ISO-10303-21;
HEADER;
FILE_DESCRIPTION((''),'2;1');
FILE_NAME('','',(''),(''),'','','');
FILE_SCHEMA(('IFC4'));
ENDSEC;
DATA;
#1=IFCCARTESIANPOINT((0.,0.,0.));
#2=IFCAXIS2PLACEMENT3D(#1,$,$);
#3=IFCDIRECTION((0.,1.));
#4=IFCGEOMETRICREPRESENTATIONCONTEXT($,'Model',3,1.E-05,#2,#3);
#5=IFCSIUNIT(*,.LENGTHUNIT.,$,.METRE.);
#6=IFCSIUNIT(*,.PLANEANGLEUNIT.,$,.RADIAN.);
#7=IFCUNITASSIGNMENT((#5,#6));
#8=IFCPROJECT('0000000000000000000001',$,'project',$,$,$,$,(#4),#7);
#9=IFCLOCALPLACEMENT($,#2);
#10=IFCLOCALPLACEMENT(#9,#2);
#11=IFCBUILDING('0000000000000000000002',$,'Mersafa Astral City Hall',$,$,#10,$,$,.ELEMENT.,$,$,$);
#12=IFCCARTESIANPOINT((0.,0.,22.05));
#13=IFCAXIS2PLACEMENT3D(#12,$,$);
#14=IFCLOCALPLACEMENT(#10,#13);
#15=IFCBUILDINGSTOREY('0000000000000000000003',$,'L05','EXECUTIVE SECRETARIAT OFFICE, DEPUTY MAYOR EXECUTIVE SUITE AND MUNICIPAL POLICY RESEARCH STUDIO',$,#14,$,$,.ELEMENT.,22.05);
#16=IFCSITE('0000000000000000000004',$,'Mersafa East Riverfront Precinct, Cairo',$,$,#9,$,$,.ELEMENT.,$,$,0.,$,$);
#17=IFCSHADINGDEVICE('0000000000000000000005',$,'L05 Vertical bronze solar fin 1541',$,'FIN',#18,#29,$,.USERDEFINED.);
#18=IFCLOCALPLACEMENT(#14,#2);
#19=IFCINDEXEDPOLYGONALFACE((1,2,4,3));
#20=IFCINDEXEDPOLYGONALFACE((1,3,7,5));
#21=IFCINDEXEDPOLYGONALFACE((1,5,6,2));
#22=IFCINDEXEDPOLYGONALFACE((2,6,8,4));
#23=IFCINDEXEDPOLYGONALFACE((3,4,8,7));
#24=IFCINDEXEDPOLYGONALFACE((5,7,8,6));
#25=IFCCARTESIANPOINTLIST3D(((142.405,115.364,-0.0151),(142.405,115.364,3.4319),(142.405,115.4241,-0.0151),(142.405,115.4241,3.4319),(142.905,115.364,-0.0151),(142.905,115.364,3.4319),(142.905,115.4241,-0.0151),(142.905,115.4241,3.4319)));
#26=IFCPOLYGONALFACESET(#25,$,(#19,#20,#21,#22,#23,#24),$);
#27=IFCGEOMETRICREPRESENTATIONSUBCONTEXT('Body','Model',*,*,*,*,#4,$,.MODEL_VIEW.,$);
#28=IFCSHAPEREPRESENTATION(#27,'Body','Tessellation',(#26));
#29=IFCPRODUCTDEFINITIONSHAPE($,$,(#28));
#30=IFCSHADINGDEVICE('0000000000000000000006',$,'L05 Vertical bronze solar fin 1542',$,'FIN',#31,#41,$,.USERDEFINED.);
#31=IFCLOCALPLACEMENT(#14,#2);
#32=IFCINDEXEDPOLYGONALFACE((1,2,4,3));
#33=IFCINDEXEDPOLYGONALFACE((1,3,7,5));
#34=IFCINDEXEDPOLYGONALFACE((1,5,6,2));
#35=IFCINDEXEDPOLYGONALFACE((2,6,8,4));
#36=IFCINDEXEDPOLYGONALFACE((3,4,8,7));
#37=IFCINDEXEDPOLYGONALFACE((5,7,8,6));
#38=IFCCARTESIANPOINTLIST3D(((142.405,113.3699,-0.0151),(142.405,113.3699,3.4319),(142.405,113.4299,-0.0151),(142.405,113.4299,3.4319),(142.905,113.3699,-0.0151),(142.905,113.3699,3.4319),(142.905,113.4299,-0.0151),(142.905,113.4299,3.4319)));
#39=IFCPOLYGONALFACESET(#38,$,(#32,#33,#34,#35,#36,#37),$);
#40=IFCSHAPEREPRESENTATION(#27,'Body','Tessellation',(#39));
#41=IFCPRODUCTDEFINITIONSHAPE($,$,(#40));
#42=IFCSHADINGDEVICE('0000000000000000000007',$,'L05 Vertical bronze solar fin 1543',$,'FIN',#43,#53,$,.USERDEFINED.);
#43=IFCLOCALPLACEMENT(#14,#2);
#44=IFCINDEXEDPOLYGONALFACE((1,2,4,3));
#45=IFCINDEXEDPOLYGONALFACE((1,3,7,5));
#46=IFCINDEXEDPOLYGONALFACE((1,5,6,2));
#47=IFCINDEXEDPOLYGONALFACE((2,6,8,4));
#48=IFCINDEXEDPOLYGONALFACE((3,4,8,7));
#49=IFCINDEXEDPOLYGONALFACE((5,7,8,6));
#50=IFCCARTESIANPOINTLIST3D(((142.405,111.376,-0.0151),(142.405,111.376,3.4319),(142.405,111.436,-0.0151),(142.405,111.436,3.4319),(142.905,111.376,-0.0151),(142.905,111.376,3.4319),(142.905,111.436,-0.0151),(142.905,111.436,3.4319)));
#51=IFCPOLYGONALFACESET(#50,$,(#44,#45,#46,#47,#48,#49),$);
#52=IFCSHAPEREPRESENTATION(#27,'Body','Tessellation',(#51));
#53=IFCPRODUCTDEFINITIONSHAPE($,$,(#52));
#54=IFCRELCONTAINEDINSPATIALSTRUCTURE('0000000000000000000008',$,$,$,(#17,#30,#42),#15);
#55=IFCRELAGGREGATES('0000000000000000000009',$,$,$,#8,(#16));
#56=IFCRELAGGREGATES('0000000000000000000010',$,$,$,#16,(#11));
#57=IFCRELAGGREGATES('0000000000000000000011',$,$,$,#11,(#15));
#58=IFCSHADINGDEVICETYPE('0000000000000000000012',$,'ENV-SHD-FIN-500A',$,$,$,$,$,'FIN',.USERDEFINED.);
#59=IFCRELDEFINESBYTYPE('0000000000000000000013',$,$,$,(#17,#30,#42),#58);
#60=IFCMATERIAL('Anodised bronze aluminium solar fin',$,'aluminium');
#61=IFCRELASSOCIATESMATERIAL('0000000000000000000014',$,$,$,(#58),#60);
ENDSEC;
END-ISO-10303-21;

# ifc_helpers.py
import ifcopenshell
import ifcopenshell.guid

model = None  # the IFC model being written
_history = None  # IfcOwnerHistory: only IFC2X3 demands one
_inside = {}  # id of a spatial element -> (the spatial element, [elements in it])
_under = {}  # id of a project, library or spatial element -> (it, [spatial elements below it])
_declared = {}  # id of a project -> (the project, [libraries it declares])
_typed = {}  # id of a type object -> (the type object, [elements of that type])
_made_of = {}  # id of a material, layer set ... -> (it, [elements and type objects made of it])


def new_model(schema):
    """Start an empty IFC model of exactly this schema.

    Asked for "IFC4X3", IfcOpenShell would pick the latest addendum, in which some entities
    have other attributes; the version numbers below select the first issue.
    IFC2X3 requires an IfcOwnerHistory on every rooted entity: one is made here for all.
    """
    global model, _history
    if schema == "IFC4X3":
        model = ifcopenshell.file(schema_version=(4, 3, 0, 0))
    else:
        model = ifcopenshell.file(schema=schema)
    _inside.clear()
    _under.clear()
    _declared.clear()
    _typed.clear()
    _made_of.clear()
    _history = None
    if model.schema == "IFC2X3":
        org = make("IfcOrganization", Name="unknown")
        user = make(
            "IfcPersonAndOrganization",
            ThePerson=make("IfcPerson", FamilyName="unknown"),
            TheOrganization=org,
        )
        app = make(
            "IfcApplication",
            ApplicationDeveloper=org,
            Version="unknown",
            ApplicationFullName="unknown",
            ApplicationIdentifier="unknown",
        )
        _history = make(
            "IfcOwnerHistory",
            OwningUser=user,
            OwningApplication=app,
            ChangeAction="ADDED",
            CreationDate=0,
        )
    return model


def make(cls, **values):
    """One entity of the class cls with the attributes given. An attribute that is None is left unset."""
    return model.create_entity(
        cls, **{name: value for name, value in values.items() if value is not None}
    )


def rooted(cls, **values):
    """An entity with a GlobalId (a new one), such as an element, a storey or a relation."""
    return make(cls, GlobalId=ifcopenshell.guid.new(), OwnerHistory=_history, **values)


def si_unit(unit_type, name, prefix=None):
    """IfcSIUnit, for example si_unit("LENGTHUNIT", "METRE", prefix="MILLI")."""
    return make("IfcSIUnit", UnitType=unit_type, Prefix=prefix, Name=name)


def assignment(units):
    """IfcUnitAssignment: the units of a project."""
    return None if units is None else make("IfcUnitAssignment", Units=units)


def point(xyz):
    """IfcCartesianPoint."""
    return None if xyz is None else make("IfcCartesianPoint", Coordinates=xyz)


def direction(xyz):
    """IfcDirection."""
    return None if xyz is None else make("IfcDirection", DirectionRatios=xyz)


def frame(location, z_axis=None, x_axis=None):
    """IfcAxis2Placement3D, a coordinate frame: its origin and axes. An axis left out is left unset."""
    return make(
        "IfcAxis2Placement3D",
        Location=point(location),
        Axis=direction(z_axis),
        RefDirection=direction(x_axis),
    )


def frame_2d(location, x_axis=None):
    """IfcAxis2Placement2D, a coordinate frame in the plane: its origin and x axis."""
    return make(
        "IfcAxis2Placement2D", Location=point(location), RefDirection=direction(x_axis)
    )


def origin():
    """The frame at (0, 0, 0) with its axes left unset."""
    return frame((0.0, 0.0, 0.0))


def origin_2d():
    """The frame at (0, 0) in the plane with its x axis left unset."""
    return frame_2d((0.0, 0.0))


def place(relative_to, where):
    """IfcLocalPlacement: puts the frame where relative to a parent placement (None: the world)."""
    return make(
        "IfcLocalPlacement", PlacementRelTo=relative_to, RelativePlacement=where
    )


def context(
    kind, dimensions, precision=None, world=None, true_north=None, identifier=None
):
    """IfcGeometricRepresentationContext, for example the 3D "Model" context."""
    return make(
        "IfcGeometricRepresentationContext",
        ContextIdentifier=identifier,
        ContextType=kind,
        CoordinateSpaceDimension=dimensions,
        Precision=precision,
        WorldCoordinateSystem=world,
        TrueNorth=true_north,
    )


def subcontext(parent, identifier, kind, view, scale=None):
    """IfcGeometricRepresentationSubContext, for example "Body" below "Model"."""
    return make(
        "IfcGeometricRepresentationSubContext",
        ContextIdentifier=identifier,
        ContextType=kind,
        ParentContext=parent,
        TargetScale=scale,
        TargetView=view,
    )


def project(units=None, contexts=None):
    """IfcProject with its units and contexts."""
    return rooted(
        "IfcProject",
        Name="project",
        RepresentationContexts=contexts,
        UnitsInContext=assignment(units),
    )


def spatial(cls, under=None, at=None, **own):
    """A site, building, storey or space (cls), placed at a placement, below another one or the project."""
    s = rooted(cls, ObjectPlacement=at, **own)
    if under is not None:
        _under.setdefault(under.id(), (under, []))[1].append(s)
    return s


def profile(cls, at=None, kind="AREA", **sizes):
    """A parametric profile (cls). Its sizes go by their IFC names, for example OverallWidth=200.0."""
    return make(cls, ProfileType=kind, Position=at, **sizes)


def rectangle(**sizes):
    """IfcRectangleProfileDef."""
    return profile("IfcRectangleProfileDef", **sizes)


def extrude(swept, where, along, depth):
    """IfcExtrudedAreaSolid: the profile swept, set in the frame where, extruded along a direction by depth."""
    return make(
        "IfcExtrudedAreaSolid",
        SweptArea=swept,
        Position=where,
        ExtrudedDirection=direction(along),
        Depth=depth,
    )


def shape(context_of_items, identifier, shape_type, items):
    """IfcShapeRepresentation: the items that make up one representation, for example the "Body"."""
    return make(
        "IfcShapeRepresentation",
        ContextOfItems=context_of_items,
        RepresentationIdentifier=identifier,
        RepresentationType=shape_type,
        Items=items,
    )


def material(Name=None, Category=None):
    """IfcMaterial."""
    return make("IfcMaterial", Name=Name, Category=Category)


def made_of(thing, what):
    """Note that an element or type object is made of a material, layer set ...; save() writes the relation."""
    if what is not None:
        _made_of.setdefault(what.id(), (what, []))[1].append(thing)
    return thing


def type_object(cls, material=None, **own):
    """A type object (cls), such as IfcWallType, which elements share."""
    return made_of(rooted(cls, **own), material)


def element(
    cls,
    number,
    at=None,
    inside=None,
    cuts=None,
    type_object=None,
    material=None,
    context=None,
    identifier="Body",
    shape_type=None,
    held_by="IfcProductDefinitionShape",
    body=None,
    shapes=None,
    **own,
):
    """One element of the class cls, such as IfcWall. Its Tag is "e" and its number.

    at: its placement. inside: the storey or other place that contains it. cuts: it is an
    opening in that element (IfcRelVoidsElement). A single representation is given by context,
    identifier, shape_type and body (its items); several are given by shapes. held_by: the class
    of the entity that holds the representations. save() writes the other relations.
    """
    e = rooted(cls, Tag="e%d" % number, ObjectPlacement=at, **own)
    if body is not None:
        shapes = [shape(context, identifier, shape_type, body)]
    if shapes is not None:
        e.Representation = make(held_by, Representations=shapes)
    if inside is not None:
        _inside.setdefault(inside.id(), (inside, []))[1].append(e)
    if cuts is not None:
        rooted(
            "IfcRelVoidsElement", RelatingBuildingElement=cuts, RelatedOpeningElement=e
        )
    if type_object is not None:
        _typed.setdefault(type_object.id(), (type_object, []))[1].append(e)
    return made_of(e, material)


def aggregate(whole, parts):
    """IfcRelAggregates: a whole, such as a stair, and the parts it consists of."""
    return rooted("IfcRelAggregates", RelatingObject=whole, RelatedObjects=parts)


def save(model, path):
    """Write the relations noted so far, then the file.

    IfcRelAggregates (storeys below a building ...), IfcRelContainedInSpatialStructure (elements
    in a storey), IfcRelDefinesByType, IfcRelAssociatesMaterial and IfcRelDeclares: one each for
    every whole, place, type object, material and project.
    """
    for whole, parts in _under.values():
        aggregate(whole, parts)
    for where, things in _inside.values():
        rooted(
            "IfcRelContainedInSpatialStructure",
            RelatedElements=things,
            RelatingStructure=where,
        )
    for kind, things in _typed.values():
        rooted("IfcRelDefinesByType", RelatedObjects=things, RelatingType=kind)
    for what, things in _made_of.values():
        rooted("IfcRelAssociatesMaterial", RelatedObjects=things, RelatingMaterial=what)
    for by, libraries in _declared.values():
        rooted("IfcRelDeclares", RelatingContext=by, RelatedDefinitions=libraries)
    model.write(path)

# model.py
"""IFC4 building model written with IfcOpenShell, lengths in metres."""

from ifc_helpers import new_model, si_unit, direction, frame, origin, origin_2d, place, context, subcontext, project, spatial, rectangle, extrude, material, type_object, element, save


model = new_model("IFC4")

# Units and contexts
model_context = context("Model", 3, precision=1e-05, world=origin(), true_north=direction((0.0, 1.0)))
body_context = subcontext(model_context, "Body", "Model", "MODEL_VIEW")
ifc_project = project(units=[si_unit("LENGTHUNIT", "METRE"), si_unit("PLANEANGLEUNIT", "RADIAN")], contexts=[model_context])

# Site, building, storey
site_placement = place(None, origin())
site = spatial("IfcSite", under=ifc_project, at=site_placement, Name="Mersafa East Riverfront Precinct, Cairo", CompositionType="ELEMENT", RefElevation=0.0)
building_placement = place(site_placement, origin())
building = spatial("IfcBuilding", under=site, at=building_placement, Name="Mersafa Astral City Hall", CompositionType="ELEMENT")
storey_placement = place(building_placement, frame((0.0, 0.0, 22.05)))
storey = spatial("IfcBuildingStorey", under=building, at=storey_placement, Name="L05", Description="EXECUTIVE SECRETARIAT OFFICE, DEPUTY MAYOR EXECUTIVE SUITE AND MUNICIPAL POLICY RESEARCH STUDIO", CompositionType="ELEMENT", Elevation=22.05)

# Shading devices
ifc_material_1 = material(Name="Anodised bronze aluminium solar fin", Category="aluminium")
shading_device_type = type_object("IfcShadingDeviceType", Name="ENV-SHD-FIN-500A", ElementType="FIN", PredefinedType="USERDEFINED", material=ifc_material_1)
for number, where, z_axis, x_axis, name in (
    (1, (142.655, 115.394, -0.0151), (0.0, 0.0, 1.0), (0.0, -1.0, 0.0), "L05 Vertical bronze solar fin 1541"),
    (2, (142.655, 113.3999, -0.0151), (0.0, 0.0, 1.0), (0.0, -1.0, 0.0), "L05 Vertical bronze solar fin 1542"),
    (3, (142.655, 111.406, -0.0151), (0.0, 0.0, 1.0), (0.0, -1.0, 0.0), "L05 Vertical bronze solar fin 1543"),
):
    element("IfcShadingDevice", number, at=place(storey_placement, frame(where, z_axis=z_axis, x_axis=x_axis)), inside=storey, type_object=shading_device_type, Name=name, ObjectType="FIN", PredefinedType="USERDEFINED", context=body_context, shape_type="SweptSolid", body=[
        extrude(rectangle(XDim=0.0601, YDim=0.5, at=origin_2d()), origin(), (0.0, 0.0, 1.0), 3.447),
    ])

save(model, "model.ifc")
